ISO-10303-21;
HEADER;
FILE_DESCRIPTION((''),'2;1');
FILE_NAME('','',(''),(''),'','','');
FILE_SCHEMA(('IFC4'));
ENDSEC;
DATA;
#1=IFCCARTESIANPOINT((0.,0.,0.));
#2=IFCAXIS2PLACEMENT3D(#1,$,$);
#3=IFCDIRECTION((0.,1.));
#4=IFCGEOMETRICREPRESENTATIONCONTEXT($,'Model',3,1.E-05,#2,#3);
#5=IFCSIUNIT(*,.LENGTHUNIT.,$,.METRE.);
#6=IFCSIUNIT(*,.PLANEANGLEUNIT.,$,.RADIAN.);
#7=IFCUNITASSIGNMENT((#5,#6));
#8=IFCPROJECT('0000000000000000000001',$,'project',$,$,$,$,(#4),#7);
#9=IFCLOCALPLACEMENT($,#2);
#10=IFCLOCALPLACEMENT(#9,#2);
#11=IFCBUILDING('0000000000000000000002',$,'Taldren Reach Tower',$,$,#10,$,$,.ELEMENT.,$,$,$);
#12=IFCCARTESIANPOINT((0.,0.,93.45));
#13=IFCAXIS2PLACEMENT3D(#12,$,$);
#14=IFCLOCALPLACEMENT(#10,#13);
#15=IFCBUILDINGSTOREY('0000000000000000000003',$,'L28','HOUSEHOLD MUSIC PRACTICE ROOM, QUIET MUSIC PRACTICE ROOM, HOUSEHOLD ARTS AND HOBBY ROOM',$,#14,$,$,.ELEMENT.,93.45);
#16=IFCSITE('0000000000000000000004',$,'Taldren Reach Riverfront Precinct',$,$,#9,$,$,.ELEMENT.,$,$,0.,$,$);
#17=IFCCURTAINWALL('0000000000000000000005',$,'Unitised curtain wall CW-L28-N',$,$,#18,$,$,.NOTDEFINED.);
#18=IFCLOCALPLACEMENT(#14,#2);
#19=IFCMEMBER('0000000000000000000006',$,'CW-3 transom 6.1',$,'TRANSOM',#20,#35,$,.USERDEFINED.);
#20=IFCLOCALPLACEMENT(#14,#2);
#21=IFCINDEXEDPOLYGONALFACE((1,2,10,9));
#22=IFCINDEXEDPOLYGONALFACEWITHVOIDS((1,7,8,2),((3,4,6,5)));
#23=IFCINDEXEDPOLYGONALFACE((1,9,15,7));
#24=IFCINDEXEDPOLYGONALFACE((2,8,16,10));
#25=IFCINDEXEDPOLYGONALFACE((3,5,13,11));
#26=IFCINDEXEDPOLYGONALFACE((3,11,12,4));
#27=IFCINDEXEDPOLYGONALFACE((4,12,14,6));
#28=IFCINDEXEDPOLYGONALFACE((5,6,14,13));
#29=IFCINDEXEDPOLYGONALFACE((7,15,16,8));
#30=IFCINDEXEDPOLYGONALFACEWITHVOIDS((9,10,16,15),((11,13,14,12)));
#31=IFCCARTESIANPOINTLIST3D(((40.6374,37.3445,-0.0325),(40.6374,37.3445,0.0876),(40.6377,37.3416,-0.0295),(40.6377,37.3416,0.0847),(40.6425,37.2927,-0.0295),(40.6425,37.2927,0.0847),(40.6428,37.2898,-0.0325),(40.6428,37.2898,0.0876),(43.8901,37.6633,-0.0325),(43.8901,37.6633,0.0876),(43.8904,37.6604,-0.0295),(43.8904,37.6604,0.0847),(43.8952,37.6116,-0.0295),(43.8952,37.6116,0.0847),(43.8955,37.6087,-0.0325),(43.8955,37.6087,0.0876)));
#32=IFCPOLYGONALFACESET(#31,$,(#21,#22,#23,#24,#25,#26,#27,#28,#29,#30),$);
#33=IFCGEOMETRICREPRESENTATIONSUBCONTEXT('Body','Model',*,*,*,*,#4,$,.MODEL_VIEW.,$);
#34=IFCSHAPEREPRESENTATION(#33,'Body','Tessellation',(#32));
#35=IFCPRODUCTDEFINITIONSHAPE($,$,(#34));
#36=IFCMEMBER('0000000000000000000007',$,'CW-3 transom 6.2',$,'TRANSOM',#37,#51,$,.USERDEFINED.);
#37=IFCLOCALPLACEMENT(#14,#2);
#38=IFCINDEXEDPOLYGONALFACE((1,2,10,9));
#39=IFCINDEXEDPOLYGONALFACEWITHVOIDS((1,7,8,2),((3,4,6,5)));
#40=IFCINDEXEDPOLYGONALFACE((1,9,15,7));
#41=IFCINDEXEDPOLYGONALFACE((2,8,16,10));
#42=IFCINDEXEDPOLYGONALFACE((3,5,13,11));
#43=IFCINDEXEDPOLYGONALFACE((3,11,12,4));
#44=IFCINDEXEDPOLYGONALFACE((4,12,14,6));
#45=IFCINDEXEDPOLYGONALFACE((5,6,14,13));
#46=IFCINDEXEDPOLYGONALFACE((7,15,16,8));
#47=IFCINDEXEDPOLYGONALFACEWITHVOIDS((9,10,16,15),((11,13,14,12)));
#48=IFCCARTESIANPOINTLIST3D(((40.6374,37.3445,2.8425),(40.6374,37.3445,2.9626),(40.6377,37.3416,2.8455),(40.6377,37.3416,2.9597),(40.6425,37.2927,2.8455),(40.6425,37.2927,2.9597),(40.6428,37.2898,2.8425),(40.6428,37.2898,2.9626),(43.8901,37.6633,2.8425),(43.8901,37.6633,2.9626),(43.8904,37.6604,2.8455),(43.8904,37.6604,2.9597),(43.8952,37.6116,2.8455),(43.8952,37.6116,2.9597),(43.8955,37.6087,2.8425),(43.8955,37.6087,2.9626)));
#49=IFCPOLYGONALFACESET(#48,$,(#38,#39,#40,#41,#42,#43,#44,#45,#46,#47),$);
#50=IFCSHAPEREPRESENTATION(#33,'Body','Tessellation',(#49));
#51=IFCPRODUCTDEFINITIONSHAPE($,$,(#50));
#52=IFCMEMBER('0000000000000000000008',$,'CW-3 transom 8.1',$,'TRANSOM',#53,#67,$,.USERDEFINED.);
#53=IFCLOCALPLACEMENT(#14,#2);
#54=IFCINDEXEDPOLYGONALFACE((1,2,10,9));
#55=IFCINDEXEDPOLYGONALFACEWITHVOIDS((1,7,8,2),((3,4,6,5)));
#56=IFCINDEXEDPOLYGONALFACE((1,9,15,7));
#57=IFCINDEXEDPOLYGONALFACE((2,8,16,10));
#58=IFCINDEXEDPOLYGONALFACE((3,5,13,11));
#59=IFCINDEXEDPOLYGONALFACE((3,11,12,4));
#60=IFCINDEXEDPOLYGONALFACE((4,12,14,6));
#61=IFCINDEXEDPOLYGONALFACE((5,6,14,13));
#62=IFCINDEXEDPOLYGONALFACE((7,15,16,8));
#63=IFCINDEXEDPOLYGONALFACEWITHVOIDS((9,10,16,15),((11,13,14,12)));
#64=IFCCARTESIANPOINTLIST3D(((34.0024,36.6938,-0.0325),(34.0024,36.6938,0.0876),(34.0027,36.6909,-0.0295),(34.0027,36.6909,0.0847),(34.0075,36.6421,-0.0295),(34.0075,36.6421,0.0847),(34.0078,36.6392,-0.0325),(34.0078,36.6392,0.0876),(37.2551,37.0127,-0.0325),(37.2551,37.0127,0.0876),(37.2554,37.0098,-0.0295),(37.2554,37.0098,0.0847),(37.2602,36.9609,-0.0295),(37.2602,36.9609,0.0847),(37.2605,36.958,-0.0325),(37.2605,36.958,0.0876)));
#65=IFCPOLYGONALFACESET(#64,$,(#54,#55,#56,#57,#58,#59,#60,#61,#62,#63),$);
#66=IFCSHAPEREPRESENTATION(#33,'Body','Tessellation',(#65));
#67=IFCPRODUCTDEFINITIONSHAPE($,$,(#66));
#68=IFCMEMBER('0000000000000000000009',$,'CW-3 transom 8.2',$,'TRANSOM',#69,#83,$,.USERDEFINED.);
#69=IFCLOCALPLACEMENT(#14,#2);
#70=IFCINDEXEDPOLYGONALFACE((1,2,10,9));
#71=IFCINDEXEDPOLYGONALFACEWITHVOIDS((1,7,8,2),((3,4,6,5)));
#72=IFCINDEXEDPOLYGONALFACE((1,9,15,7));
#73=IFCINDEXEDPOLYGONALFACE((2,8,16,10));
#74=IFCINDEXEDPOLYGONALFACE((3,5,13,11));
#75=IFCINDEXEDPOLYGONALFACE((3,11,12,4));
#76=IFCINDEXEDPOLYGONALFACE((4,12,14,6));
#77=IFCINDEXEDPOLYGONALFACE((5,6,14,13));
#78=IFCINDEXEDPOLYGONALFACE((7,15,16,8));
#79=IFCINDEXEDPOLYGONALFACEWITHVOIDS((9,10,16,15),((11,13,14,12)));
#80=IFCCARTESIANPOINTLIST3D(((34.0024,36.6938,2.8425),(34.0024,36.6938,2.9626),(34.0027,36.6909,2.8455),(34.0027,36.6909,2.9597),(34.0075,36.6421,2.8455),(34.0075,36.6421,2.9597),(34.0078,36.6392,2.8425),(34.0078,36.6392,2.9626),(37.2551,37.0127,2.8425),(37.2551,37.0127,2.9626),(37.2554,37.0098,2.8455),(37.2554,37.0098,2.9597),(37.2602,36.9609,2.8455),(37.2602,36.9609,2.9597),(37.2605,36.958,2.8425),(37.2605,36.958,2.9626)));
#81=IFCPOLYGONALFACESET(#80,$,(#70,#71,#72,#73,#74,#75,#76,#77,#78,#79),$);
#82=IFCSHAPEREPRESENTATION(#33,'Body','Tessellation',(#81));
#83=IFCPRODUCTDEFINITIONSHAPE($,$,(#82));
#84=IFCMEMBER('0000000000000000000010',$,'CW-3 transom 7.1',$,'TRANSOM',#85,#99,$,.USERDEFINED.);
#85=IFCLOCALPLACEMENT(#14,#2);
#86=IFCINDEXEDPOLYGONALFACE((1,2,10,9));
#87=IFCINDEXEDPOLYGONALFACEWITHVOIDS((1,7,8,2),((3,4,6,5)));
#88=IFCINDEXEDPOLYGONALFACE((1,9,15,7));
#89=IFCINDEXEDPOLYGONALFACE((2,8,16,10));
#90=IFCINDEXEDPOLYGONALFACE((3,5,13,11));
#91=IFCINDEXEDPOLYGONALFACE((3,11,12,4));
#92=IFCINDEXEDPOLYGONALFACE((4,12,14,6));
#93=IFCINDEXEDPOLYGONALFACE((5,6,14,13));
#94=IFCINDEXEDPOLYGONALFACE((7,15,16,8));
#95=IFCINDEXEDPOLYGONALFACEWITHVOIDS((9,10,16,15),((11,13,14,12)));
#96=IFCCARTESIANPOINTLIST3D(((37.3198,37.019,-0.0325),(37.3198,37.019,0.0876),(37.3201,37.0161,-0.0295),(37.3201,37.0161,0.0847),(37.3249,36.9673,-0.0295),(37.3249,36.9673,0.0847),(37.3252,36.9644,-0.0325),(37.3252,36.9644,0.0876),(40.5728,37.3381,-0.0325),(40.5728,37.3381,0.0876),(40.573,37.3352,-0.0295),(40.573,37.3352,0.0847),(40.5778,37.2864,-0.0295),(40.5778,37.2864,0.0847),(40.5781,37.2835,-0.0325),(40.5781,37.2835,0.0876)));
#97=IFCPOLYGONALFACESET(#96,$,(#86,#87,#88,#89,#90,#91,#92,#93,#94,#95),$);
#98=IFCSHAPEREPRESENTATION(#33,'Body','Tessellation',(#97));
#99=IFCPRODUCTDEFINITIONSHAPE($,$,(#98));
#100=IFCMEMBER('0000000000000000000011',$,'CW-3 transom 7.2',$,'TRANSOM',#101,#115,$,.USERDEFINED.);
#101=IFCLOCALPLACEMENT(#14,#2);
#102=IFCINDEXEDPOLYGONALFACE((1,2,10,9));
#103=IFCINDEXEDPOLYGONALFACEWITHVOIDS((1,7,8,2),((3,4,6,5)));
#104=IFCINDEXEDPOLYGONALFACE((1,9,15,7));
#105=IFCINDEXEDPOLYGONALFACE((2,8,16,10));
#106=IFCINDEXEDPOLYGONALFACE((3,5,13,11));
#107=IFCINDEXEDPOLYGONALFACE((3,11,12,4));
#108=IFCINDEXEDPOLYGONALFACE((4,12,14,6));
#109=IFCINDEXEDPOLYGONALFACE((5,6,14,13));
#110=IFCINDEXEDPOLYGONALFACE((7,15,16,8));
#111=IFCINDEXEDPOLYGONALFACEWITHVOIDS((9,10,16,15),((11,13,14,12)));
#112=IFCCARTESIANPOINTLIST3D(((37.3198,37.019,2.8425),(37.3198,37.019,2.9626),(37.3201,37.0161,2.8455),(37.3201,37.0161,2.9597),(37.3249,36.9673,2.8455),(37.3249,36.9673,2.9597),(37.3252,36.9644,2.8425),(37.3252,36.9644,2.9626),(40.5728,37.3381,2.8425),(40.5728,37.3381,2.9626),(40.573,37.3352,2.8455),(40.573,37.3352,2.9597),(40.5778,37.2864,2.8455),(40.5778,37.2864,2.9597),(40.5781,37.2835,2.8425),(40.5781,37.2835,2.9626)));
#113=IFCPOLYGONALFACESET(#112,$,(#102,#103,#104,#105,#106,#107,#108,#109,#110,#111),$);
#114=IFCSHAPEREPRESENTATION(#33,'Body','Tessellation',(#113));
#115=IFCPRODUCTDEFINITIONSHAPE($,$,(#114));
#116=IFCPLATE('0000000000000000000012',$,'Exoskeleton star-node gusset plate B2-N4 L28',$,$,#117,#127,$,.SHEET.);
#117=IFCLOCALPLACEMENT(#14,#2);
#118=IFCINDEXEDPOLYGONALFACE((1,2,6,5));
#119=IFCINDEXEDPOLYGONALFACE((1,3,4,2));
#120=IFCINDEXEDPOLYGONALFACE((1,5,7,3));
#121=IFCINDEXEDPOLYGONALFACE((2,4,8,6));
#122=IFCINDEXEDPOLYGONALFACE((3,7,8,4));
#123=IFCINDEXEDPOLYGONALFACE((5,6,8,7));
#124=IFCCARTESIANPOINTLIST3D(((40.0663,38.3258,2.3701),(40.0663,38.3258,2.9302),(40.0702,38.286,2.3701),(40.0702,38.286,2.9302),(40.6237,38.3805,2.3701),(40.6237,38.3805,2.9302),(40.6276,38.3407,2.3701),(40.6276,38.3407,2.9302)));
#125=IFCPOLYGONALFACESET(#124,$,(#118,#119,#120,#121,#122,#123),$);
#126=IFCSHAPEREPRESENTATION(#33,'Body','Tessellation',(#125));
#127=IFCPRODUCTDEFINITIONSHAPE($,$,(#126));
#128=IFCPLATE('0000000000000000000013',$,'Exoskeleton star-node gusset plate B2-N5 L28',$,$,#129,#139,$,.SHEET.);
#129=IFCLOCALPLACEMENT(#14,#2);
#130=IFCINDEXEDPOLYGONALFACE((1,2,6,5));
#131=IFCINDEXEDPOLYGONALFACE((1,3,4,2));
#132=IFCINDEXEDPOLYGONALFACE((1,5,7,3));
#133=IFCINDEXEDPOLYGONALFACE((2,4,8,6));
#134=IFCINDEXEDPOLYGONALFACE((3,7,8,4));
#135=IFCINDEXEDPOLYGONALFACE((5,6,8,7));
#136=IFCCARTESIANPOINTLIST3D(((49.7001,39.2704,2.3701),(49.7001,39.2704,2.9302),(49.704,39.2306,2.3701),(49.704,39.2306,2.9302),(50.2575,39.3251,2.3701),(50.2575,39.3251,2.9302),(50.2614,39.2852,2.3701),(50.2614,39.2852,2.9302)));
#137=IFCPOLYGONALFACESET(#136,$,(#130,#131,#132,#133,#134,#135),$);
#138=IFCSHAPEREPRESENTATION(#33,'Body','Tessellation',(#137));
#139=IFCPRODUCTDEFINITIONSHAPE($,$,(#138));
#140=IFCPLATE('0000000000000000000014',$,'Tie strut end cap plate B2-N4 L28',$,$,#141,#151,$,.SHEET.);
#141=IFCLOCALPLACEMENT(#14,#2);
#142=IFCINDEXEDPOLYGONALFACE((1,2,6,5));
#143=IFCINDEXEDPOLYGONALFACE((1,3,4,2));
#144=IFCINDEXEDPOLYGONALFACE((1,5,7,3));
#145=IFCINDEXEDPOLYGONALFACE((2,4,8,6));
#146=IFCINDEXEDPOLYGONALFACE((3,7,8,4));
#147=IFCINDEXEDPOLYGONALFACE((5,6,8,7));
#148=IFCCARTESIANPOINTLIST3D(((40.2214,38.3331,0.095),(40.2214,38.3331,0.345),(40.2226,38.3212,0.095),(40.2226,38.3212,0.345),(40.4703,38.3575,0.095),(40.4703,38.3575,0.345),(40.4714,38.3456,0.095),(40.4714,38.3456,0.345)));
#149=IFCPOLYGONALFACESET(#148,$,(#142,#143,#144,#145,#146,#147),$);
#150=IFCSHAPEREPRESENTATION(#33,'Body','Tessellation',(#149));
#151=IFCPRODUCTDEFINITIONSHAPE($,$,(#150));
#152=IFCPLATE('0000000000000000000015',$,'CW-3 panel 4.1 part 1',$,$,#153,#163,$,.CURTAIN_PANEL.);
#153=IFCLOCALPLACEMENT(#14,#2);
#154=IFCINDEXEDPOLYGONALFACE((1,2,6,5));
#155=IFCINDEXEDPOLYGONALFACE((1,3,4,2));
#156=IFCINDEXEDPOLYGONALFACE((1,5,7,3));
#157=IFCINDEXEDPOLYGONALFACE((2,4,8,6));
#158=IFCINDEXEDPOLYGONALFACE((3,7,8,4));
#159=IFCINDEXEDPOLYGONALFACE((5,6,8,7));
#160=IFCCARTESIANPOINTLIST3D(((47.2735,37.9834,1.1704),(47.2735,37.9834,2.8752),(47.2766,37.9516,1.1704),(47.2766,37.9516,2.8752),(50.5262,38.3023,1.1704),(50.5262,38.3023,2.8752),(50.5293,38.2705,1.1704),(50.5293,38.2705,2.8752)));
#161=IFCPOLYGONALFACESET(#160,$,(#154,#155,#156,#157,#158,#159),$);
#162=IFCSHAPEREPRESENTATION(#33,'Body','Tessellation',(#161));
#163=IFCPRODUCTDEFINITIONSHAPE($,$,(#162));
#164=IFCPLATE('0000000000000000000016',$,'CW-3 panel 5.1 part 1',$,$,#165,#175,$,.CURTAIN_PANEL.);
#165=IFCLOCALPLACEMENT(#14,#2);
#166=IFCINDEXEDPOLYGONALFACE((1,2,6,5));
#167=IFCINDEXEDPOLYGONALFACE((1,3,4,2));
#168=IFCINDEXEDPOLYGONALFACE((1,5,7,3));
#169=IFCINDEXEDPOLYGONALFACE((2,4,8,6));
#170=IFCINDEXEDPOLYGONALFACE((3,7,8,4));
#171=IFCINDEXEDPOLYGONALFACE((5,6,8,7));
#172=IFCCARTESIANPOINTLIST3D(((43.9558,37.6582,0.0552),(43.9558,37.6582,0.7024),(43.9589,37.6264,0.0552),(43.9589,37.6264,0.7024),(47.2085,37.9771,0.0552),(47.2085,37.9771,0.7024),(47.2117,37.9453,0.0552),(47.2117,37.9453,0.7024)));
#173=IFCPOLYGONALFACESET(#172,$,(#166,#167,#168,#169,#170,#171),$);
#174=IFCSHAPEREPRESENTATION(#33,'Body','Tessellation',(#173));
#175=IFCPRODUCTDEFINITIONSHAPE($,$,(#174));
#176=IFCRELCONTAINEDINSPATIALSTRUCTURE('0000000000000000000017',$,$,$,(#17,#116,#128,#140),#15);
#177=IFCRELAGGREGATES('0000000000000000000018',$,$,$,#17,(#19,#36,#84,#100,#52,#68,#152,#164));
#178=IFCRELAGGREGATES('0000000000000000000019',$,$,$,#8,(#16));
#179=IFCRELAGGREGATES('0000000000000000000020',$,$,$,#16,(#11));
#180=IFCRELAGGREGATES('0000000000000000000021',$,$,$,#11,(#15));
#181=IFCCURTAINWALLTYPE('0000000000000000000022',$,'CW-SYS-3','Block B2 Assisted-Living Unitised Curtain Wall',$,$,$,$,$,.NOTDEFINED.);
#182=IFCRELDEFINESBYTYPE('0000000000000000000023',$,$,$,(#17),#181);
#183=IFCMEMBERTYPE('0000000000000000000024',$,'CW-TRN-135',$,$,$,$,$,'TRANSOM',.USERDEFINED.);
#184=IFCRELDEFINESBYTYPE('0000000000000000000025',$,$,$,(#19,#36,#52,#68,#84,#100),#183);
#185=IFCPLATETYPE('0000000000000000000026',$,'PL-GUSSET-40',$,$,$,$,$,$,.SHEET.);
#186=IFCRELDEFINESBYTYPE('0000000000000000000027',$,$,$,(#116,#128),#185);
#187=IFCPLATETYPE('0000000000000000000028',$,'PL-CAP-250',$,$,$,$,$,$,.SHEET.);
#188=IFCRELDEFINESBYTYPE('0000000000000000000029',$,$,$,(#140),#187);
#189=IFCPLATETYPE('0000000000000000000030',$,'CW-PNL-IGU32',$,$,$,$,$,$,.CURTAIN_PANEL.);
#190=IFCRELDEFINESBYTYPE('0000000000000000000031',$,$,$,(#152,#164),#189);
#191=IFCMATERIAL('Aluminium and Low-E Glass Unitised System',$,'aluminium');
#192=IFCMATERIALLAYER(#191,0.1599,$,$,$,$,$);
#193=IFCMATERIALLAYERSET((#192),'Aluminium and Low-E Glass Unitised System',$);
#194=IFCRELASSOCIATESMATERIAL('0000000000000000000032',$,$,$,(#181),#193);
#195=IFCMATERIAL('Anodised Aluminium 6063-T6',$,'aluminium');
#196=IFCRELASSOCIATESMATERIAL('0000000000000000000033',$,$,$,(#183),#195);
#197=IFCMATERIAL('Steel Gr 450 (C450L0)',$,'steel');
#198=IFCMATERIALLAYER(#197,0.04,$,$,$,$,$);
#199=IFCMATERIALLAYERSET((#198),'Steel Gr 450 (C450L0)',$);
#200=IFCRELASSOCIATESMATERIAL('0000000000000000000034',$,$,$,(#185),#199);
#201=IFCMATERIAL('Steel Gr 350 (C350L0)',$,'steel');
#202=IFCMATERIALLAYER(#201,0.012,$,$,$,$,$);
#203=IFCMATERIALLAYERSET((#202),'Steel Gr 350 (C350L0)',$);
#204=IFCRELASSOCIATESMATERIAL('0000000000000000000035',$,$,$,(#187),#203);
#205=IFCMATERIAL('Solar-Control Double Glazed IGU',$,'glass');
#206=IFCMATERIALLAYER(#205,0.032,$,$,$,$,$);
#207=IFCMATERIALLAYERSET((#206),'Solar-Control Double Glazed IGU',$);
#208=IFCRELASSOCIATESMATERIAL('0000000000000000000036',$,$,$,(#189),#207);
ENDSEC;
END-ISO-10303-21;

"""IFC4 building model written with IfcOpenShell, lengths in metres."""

from ifc_helpers import new_model, si_unit, direction, frame, origin, origin_2d, place, context, subcontext, project, spatial, rectangle, hollow_rectangle, extrude, source, transform, mapped, material, layer, layer_set, material_profile, profile_set, type_object, element, aggregate, save


model = new_model("IFC4")

# Units and contexts
model_context = context("Model", 3, precision=1e-05, world=origin(), true_north=direction((0.0, 1.0)))
body_context = subcontext(model_context, "Body", "Model", "MODEL_VIEW")
ifc_project = project(units=[si_unit("LENGTHUNIT", "METRE"), si_unit("PLANEANGLEUNIT", "RADIAN")], contexts=[model_context])

# Site, building, storey
site_placement = place(None, origin())
site = spatial("IfcSite", under=ifc_project, at=site_placement, Name="Taldren Reach Riverfront Precinct", CompositionType="ELEMENT", RefElevation=0.0)
building_placement = place(site_placement, origin())
building = spatial("IfcBuilding", under=site, at=building_placement, Name="Taldren Reach Tower", CompositionType="ELEMENT")
storey_placement = place(building_placement, frame((0.0, 0.0, 93.45)))
storey = spatial("IfcBuildingStorey", under=building, at=storey_placement, Name="L28", Description="HOUSEHOLD MUSIC PRACTICE ROOM, QUIET MUSIC PRACTICE ROOM, HOUSEHOLD ARTS AND HOBBY ROOM", CompositionType="ELEMENT", Elevation=93.45)

# Shared definitions
ifc_material_1 = material(Name="Steel Gr 450 (C450L0)", Category="steel")
ifc_material_2 = material(Name="Steel Gr 350 (C350L0)", Category="steel")

# Curtain wall, members
ifc_material_3 = material(Name="Aluminium and Low-E Glass Unitised System", Category="aluminium")
ifc_layer_1 = layer(ifc_material_3, 0.1599)
ifc_layer_set_1 = layer_set([ifc_layer_1], Name="Aluminium and Low-E Glass Unitised System")
curtain_wall_type = type_object("IfcCurtainWallType", Name="CW-SYS-3", Description="Block B2 Assisted-Living Unitised Curtain Wall", PredefinedType="NOTDEFINED", material=ifc_layer_set_1)
curtain_wall_placement = place(storey_placement, origin())
curtain_wall = element("IfcCurtainWall", 1, at=curtain_wall_placement, inside=storey, type_object=curtain_wall_type, Name="Unitised curtain wall CW-L28-N", PredefinedType="NOTDEFINED")
ifc_material_4 = material(Name="Anodised Aluminium 6063-T6", Category="aluminium")
ifc_material_profile_1 = material_profile(ifc_material_4, hollow_rectangle(XDim=0.0549, YDim=0.1201, WallThickness=0.0029, at=origin_2d()), Name="ALU-120x55x3RHS")
ifc_profile_set_1 = profile_set([ifc_material_profile_1], Name="Anodised Aluminium 6063-T6")
member_type_1 = type_object("IfcMemberType", Name="CW-TRN-135", ElementType="TRANSOM", PredefinedType="USERDEFINED", material=ifc_profile_set_1)
shared_shape_1 = source(origin(), body_context, "Body", "SweptSolid", [
    extrude(hollow_rectangle(XDim=0.0549, YDim=0.1201, WallThickness=0.0029, at=origin_2d()), origin(), (0.0, 0.0, 1.0), 3.2683),
])
member_1_placement = place(storey_placement, frame((43.8928, 37.636, 0.0276), z_axis=(-0.99523, -0.097558, 0.0), x_axis=(0.097558, -0.99523, 0.0)))
member_1 = element("IfcMember", 2, at=member_1_placement, type_object=member_type_1, Name="CW-3 transom 6.1", ObjectType="TRANSOM", PredefinedType="USERDEFINED", context=body_context, shape_type="MappedRepresentation", body=[
    mapped(shared_shape_1, transform((0.0, 0.0, 0.0), scale=1.0)),
])
member_2_placement = place(storey_placement, frame((43.8928, 37.636, 2.9026), z_axis=(-0.99523, -0.097558, 0.0), x_axis=(0.097558, -0.99523, 0.0)))
member_2 = element("IfcMember", 3, at=member_2_placement, type_object=member_type_1, Name="CW-3 transom 6.2", ObjectType="TRANSOM", PredefinedType="USERDEFINED", context=body_context, shape_type="MappedRepresentation", body=[
    mapped(shared_shape_1, transform((0.0, 0.0, 0.0), scale=1.0)),
])
member_3_placement = place(storey_placement, frame((37.2578, 36.9854, 0.0276), z_axis=(-0.99523, -0.097558, 0.0), x_axis=(0.097558, -0.99523, 0.0)))
member_3 = element("IfcMember", 4, at=member_3_placement, type_object=member_type_1, Name="CW-3 transom 8.1", ObjectType="TRANSOM", PredefinedType="USERDEFINED", context=body_context, shape_type="MappedRepresentation", body=[
    mapped(shared_shape_1, transform((0.0, 0.0, 0.0), scale=1.0)),
])
member_4_placement = place(storey_placement, frame((37.2578, 36.9854, 2.9026), z_axis=(-0.99523, -0.097558, 0.0), x_axis=(0.097558, -0.99523, 0.0)))
member_4 = element("IfcMember", 5, at=member_4_placement, type_object=member_type_1, Name="CW-3 transom 8.2", ObjectType="TRANSOM", PredefinedType="USERDEFINED", context=body_context, shape_type="MappedRepresentation", body=[
    mapped(shared_shape_1, transform((0.0, 0.0, 0.0), scale=1.0)),
])
shared_shape_2 = source(origin(), body_context, "Body", "SweptSolid", [
    extrude(hollow_rectangle(XDim=0.0549, YDim=0.1201, WallThickness=0.0029, at=origin_2d()), origin(), (0.0, 0.0, 1.0), 3.2686),
])
member_5_placement = place(storey_placement, frame((40.5754, 37.3108, 0.0276), z_axis=(-0.995223, -0.097625, 0.0), x_axis=(0.097625, -0.995223, 0.0)))
member_5 = element("IfcMember", 6, at=member_5_placement, type_object=member_type_1, Name="CW-3 transom 7.1", ObjectType="TRANSOM", PredefinedType="USERDEFINED", context=body_context, shape_type="MappedRepresentation", body=[
    mapped(shared_shape_2, transform((0.0, 0.0, 0.0), scale=1.0)),
])
member_6_placement = place(storey_placement, frame((40.5754, 37.3108, 2.9026), z_axis=(-0.995223, -0.097625, 0.0), x_axis=(0.097625, -0.995223, 0.0)))
member_6 = element("IfcMember", 7, at=member_6_placement, type_object=member_type_1, Name="CW-3 transom 7.2", ObjectType="TRANSOM", PredefinedType="USERDEFINED", context=body_context, shape_type="MappedRepresentation", body=[
    mapped(shared_shape_2, transform((0.0, 0.0, 0.0), scale=1.0)),
])

# Plates
ifc_layer_2 = layer(ifc_material_1, 0.04)
ifc_layer_set_2 = layer_set([ifc_layer_2], Name="Steel Gr 450 (C450L0)")
plate_type_1 = type_object("IfcPlateType", Name="PL-GUSSET-40", PredefinedType="SHEET", material=ifc_layer_set_2)
shared_shape_3 = source(origin(), body_context, "Body", "SweptSolid", [
    extrude(rectangle(XDim=0.5601, YDim=0.04, at=origin_2d()), origin(), (0.0, 0.0, 1.0), 0.5601),
])
for number, where, z_axis, x_axis, name in (
    (8, (40.3469, 38.3333, 2.3701), (0.0, 0.0, 1.0), (0.995227, 0.097583, 0.0), "Exoskeleton star-node gusset plate B2-N4 L28"),
    (9, (49.9807, 39.2778, 2.3701), (0.0, 0.0, 1.0), (0.995227, 0.097583, 0.0), "Exoskeleton star-node gusset plate B2-N5 L28"),
):
    element("IfcPlate", number, at=place(storey_placement, frame(where, z_axis=z_axis, x_axis=x_axis)), inside=storey, type_object=plate_type_1, Name=name, PredefinedType="SHEET", context=body_context, shape_type="MappedRepresentation", body=[
        mapped(shared_shape_3, transform((0.0, 0.0, 0.0), scale=1.0)),
    ])
ifc_layer_3 = layer(ifc_material_2, 0.012)
ifc_layer_set_3 = layer_set([ifc_layer_3], Name="Steel Gr 350 (C350L0)")
plate_type_2 = type_object("IfcPlateType", Name="PL-CAP-250", PredefinedType="SHEET", material=ifc_layer_set_3)
shared_shape_4 = source(origin(), body_context, "Body", "SweptSolid", [
    extrude(rectangle(XDim=0.25, YDim=0.012, at=origin_2d()), origin(), (0.0, 0.0, 1.0), 0.25),
])
plate_1_placement = place(storey_placement, frame((40.3464, 38.3394, 0.095), z_axis=(0.0, 0.0, 1.0), x_axis=(0.995227, 0.097583, 0.0)))
element("IfcPlate", 10, at=plate_1_placement, inside=storey, type_object=plate_type_2, Name="Tie strut end cap plate B2-N4 L28", PredefinedType="SHEET", context=body_context, shape_type="MappedRepresentation", body=[
    mapped(shared_shape_4, transform((0.0, 0.0, 0.0), scale=1.0)),
])

# Plates
ifc_material_5 = material(Name="Solar-Control Double Glazed IGU", Category="glass")
ifc_layer_4 = layer(ifc_material_5, 0.032)
ifc_layer_set_4 = layer_set([ifc_layer_4], Name="Solar-Control Double Glazed IGU")
plate_type_3 = type_object("IfcPlateType", Name="CW-PNL-IGU32", PredefinedType="CURTAIN_PANEL", material=ifc_layer_set_4)
shared_shape_5 = source(origin(), body_context, "Body", "SweptSolid", [
    extrude(rectangle(XDim=3.2683, YDim=0.032, at=origin_2d()), origin(), (0.0, 0.0, 1.0), 1.7048),
])
plate_2_placement = place(storey_placement, frame((48.9014, 38.127, 1.1704), z_axis=(0.0, 0.0, 1.0), x_axis=(-0.995227, -0.097583, 0.0)))
plate_2 = element("IfcPlate", 11, at=plate_2_placement, type_object=plate_type_3, Name="CW-3 panel 4.1 part 1", PredefinedType="CURTAIN_PANEL", context=body_context, shape_type="MappedRepresentation", body=[
    mapped(shared_shape_5, transform((0.0, 0.0, 0.0), scale=1.0)),
])
shared_shape_6 = source(origin(), body_context, "Body", "SweptSolid", [
    extrude(rectangle(XDim=3.2683, YDim=0.032, at=origin_2d()), origin(), (0.0, 0.0, 1.0), 0.6472),
])
plate_3_placement = place(storey_placement, frame((45.5837, 37.8018, 0.0552), z_axis=(0.0, 0.0, 1.0), x_axis=(-0.995227, -0.097583, 0.0)))
plate_3 = element("IfcPlate", 12, at=plate_3_placement, type_object=plate_type_3, Name="CW-3 panel 5.1 part 1", PredefinedType="CURTAIN_PANEL", context=body_context, shape_type="MappedRepresentation", body=[
    mapped(shared_shape_6, transform((0.0, 0.0, 0.0), scale=1.0)),
])
aggregate(curtain_wall, [member_1, member_2, member_5, member_6, member_3, member_4, plate_2, plate_3])

save(model, "model.ifc")
